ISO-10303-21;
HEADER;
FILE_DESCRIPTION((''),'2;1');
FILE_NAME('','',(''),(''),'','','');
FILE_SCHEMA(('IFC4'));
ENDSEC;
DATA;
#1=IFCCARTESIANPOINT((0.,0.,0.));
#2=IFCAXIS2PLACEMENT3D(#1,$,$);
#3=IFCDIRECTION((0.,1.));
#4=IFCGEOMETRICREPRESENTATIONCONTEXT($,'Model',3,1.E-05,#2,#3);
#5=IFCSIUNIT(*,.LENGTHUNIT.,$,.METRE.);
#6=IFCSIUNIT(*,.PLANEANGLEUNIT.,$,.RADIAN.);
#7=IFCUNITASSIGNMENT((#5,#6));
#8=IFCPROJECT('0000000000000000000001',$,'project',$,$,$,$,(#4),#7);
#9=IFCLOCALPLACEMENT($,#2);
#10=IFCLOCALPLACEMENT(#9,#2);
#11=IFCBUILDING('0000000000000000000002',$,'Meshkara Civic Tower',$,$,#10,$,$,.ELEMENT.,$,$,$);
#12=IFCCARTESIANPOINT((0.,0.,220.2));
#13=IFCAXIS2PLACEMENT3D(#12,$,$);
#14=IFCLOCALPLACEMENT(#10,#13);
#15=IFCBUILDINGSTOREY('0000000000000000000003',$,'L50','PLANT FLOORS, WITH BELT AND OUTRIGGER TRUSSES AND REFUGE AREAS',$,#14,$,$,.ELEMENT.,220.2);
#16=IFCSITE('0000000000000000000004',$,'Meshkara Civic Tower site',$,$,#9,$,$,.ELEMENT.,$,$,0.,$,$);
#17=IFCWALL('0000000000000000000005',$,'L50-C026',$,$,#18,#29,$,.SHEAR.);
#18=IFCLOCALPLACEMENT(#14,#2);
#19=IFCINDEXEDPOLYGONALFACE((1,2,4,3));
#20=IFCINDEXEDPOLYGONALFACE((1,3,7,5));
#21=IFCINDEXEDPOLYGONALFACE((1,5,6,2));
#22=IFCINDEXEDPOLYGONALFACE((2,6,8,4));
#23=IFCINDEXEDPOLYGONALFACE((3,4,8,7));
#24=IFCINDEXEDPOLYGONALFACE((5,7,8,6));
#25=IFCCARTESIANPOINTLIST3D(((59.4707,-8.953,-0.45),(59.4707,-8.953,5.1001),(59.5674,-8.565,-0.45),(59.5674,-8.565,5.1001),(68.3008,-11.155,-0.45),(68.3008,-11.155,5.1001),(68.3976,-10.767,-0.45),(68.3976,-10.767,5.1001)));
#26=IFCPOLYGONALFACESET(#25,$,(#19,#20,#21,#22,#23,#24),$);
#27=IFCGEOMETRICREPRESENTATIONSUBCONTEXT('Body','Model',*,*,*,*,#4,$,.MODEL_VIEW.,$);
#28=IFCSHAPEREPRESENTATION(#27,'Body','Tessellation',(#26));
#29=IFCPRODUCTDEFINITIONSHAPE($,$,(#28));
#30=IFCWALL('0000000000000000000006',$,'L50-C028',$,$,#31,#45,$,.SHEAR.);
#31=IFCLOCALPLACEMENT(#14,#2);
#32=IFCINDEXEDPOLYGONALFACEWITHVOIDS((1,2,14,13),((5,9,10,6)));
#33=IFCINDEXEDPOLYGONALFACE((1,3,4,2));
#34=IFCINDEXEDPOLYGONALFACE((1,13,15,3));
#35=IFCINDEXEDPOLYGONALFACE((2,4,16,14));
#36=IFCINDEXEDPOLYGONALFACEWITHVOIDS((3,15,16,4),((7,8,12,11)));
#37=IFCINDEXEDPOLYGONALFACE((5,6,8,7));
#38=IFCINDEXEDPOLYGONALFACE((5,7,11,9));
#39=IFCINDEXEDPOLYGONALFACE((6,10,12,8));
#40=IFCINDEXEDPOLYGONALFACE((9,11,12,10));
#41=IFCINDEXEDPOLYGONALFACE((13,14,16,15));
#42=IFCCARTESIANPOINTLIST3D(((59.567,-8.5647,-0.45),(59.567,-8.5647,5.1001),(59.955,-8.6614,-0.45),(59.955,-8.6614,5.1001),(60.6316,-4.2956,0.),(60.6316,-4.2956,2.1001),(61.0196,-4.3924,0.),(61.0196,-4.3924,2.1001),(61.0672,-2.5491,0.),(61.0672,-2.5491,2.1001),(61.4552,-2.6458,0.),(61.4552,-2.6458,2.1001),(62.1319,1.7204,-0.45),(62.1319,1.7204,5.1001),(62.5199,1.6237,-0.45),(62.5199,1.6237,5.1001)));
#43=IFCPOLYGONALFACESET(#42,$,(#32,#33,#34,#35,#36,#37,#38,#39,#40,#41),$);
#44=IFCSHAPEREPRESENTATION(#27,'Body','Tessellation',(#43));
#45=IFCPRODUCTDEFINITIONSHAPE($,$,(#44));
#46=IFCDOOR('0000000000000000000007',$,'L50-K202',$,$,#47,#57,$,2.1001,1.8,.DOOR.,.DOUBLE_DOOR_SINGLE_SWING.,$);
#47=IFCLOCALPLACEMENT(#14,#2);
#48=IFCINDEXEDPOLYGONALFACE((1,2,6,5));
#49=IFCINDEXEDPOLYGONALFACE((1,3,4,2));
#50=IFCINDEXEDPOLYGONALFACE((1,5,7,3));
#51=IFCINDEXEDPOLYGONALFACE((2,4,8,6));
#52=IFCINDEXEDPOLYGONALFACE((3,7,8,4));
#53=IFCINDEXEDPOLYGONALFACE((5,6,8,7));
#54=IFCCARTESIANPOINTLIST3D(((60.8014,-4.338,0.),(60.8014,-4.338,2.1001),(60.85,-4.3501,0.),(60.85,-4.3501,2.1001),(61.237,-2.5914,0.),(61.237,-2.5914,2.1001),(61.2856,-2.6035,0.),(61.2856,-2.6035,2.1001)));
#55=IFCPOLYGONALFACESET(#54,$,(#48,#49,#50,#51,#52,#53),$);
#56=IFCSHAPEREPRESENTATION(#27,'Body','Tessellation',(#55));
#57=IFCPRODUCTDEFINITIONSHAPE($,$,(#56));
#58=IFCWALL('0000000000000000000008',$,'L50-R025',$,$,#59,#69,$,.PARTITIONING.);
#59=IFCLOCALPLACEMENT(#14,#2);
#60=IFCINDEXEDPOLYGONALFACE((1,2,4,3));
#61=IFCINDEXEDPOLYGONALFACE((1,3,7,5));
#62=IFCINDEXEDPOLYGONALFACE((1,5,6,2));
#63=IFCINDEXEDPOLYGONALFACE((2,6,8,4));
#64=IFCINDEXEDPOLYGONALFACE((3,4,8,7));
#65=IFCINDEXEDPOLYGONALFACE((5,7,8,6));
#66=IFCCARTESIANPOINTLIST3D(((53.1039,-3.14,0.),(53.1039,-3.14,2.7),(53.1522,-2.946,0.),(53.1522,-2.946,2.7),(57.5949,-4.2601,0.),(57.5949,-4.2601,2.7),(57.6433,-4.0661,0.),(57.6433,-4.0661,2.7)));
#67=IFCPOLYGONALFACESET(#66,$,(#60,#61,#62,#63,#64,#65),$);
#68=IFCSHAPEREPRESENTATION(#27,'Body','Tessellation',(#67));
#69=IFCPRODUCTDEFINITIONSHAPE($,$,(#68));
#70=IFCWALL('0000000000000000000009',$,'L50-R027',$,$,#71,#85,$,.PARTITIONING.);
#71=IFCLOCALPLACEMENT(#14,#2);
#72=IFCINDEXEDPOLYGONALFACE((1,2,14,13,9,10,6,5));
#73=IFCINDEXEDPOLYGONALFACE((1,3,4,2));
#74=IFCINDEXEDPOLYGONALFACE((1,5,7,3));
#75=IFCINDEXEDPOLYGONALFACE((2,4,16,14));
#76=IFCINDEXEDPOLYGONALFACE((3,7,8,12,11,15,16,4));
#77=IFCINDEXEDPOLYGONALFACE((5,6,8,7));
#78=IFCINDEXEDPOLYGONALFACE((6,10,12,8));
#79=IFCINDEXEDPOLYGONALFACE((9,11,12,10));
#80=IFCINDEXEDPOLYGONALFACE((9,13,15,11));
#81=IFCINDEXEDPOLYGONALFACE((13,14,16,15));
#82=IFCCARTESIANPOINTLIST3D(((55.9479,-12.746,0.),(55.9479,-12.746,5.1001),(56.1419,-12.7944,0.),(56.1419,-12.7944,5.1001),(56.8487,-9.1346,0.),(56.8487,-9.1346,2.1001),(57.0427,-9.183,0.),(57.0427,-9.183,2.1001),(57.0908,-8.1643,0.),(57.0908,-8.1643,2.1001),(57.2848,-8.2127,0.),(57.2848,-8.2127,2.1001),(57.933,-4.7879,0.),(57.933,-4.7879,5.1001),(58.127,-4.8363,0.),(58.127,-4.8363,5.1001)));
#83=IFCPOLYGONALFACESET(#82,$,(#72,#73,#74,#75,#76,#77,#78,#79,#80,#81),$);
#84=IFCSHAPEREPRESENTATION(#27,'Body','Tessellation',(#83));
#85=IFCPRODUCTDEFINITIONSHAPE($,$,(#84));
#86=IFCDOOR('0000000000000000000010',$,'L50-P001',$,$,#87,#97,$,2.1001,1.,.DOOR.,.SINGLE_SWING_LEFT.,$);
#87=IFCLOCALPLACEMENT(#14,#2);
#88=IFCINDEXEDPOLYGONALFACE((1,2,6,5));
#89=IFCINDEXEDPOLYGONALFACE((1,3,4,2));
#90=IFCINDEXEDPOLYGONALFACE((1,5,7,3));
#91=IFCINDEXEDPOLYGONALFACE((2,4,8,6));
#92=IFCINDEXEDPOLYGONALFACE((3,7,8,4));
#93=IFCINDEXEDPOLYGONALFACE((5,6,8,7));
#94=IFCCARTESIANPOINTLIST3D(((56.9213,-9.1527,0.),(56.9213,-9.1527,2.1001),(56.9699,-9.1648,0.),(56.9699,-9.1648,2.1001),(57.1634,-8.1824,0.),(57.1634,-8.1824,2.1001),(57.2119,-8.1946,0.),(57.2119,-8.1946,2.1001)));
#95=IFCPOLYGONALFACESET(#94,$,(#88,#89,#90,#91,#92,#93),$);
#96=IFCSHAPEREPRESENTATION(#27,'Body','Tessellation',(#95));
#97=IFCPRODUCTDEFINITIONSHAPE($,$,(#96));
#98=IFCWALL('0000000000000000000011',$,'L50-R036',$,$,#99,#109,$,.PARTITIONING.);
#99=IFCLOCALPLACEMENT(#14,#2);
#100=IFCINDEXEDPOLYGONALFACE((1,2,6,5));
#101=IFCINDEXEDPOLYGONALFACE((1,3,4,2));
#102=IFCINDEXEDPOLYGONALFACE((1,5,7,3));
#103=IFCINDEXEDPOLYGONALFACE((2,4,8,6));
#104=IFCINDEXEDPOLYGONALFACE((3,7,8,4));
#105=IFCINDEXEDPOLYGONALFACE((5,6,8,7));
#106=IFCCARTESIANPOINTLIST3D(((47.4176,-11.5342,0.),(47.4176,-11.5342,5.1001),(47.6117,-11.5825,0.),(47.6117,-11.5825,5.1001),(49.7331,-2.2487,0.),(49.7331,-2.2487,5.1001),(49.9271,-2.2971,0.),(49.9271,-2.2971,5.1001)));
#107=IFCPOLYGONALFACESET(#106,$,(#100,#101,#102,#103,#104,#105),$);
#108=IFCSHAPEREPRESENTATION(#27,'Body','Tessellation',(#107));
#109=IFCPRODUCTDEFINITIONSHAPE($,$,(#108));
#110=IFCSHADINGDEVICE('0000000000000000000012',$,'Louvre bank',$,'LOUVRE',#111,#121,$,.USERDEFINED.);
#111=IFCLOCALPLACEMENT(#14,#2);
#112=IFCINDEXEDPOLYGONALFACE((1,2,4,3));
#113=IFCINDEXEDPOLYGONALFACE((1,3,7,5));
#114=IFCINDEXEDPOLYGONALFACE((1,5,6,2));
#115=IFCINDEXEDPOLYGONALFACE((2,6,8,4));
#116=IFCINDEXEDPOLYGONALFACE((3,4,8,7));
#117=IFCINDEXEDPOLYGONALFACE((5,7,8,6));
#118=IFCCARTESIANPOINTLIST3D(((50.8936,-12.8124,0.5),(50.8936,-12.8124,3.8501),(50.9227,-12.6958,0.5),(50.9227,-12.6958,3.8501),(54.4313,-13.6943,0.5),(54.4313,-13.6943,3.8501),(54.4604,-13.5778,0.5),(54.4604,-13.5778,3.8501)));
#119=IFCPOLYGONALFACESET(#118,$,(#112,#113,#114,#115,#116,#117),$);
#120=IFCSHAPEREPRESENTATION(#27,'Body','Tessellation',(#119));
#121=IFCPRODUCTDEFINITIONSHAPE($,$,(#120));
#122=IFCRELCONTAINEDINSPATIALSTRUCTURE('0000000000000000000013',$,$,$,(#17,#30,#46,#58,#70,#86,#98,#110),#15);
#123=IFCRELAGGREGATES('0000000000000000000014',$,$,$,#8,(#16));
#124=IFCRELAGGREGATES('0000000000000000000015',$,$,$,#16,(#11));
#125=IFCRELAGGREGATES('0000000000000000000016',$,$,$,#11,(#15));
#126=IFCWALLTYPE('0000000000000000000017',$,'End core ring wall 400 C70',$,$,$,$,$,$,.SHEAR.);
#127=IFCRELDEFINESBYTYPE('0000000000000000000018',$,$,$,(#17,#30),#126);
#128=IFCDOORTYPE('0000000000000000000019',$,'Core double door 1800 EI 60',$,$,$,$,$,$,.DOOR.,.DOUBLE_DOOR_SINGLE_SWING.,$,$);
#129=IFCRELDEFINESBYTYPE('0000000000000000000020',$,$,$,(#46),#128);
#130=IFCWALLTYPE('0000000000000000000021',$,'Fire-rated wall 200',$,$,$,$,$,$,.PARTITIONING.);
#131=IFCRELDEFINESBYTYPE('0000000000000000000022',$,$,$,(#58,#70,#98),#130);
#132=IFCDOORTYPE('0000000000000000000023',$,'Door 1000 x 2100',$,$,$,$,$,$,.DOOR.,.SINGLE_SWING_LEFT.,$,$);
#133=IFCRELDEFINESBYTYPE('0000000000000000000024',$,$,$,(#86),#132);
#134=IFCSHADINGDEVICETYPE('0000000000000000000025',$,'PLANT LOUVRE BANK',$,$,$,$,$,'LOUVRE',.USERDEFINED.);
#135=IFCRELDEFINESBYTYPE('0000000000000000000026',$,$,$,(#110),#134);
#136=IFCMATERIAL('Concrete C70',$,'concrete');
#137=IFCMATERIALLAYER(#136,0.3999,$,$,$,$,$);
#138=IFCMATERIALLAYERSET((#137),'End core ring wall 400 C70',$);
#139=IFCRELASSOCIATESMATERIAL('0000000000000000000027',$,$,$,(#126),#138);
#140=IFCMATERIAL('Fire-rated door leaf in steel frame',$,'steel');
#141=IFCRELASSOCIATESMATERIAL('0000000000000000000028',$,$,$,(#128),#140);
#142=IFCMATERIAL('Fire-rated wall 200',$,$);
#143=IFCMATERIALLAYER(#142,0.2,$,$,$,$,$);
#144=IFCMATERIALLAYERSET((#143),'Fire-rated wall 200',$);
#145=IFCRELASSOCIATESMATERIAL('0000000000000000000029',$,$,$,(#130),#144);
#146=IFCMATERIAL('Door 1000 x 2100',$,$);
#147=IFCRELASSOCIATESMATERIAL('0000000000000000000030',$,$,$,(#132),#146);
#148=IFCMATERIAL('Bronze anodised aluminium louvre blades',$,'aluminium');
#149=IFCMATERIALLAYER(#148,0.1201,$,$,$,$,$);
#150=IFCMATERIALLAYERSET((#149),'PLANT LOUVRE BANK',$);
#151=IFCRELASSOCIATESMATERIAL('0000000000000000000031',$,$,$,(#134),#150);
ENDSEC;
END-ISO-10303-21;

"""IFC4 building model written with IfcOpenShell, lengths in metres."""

from ifc_helpers import new_model, si_unit, direction, frame, frame_2d, origin, origin_2d, place, context, subcontext, project, spatial, rectangle, extrude, material, layer, layer_set, type_object, element, fill, save


model = new_model("IFC4")

# Units and contexts
model_context = context("Model", 3, precision=1e-05, world=origin(), true_north=direction((0.0, 1.0)))
body_context = subcontext(model_context, "Body", "Model", "MODEL_VIEW")
ifc_project = project(units=[si_unit("LENGTHUNIT", "METRE"), si_unit("PLANEANGLEUNIT", "RADIAN")], contexts=[model_context])

# Site, building, storey
site_placement = place(None, origin())
site = spatial("IfcSite", under=ifc_project, at=site_placement, Name="Meshkara Civic Tower site", CompositionType="ELEMENT", RefElevation=0.0)
building_placement = place(site_placement, origin())
building = spatial("IfcBuilding", under=site, at=building_placement, Name="Meshkara Civic Tower", CompositionType="ELEMENT")
storey_placement = place(building_placement, frame((0.0, 0.0, 220.2)))
storey = spatial("IfcBuildingStorey", under=building, at=storey_placement, Name="L50", Description="PLANT FLOORS, WITH BELT AND OUTRIGGER TRUSSES AND REFUGE AREAS", CompositionType="ELEMENT", Elevation=220.2)

# Wall
ifc_material_1 = material(Name="Concrete C70", Category="concrete")
ifc_layer_1 = layer(ifc_material_1, 0.3999)
ifc_layer_set_1 = layer_set([ifc_layer_1], Name="End core ring wall 400 C70")
wall_type_1 = type_object("IfcWallType", Name="End core ring wall 400 C70", PredefinedType="SHEAR", material=ifc_layer_set_1)
wall_1_placement = place(storey_placement, frame((59.519, -8.759, -0.45), z_axis=(0.0, 0.0, 1.0), x_axis=(0.970288, -0.241955, 0.0)))
element("IfcWall", 1, at=wall_1_placement, inside=storey, type_object=wall_type_1, Name="L50-C026", PredefinedType="SHEAR", context=body_context, shape_type="SweptSolid", body=[
    extrude(rectangle(XDim=9.1006, YDim=0.3999, at=frame_2d((4.5503, 0.0))), origin(), (0.0, 0.0, 1.0), 5.55),
])

# Wall, opening, door
wall_2_placement = place(storey_placement, frame((59.761, -8.613, -0.45), z_axis=(0.0, 0.0, 1.0), x_axis=(0.241972, 0.970283, 0.0)))
wall_2 = element("IfcWall", 2, at=wall_2_placement, inside=storey, type_object=wall_type_1, Name="L50-C028", PredefinedType="SHEAR", context=body_context, shape_type="SweptSolid", body=[
    extrude(rectangle(XDim=10.6001, YDim=0.3999, at=frame_2d((5.3, 0.0))), origin(), (0.0, 0.0, 1.0), 5.55),
])
opening_1_placement = place(wall_2_placement, frame((4.3999, 0.0, 0.45)))
opening_1 = element("IfcOpeningElement", 3, at=opening_1_placement, cuts=wall_2, PredefinedType="OPENING", context=body_context, shape_type="SweptSolid", body=[
    extrude(rectangle(XDim=1.8, YDim=2.1001, at=frame_2d((0.8999, 1.05))), frame((0.0, 0.21, 0.0), z_axis=(0.0, -1.0, 0.0), x_axis=(1.0, 0.0, 0.0)), (0.0, 0.0, 1.0), 0.4199),
])
ifc_material_2 = material(Name="Fire-rated door leaf in steel frame", Category="steel")
door_type_1 = type_object("IfcDoorType", Name="Core double door 1800 EI 60", OperationType="DOUBLE_DOOR_SINGLE_SWING", PredefinedType="DOOR", material=ifc_material_2)
door_1_placement = place(opening_1_placement, origin())
door_1 = element("IfcDoor", 4, at=door_1_placement, inside=storey, type_object=door_type_1, Name="L50-K202", OperationType="DOUBLE_DOOR_SINGLE_SWING", OverallHeight=2.1001, OverallWidth=1.8, PredefinedType="DOOR", context=body_context, shape_type="SweptSolid", body=[
    extrude(rectangle(XDim=1.8, YDim=2.1001, at=frame_2d((0.8999, 1.05))), frame((0.0, 0.0249, 0.0), z_axis=(0.0, -1.0, 0.0), x_axis=(1.0, 0.0, 0.0)), (0.0, 0.0, 1.0), 0.05),
])
fill(opening_1, door_1)

# Wall
ifc_material_3 = material(Name="Fire-rated wall 200")
ifc_layer_2 = layer(ifc_material_3, 0.2)
ifc_layer_set_2 = layer_set([ifc_layer_2], Name="Fire-rated wall 200")
wall_type_2 = type_object("IfcWallType", Name="Fire-rated wall 200", PredefinedType="PARTITIONING", material=ifc_layer_set_2)
wall_3_placement = place(storey_placement, frame((53.1279, -3.043, 0.0), z_axis=(0.0, 0.0, 1.0), x_axis=(0.970276, -0.242002, 0.0)))
element("IfcWall", 5, at=wall_3_placement, inside=storey, type_object=wall_type_2, Name="L50-R025", PredefinedType="PARTITIONING", context=body_context, shape_type="SweptSolid", body=[
    extrude(rectangle(XDim=4.6287, YDim=0.2, at=frame_2d((2.3145, 0.0))), origin(), (0.0, 0.0, 1.0), 2.7),
])

# Wall, opening, door
wall_4_placement = place(storey_placement, frame((58.03, -4.812, 0.0), z_axis=(0.0, 0.0, 1.0), x_axis=(-0.242031, -0.970268, 0.0)))
wall_4 = element("IfcWall", 6, at=wall_4_placement, inside=storey, type_object=wall_type_2, Name="L50-R027", PredefinedType="PARTITIONING", context=body_context, shape_type="SweptSolid", body=[
    extrude(rectangle(XDim=8.2019, YDim=0.2, at=frame_2d((4.1011, 0.0))), origin(), (0.0, 0.0, 1.0), 5.1001),
])
opening_2_placement = place(wall_4_placement, frame((3.48, 0.0, 0.0)))
opening_2 = element("IfcOpeningElement", 7, at=opening_2_placement, cuts=wall_4, PredefinedType="OPENING", context=body_context, shape_type="SweptSolid", body=[
    extrude(rectangle(XDim=1.0, YDim=2.1001, at=frame_2d((0.5, 1.05))), frame((0.0, 0.1099, 0.0), z_axis=(0.0, -1.0, 0.0), x_axis=(1.0, 0.0, 0.0)), (0.0, 0.0, 1.0), 0.22),
])
ifc_material_4 = material(Name="Door 1000 x 2100")
door_type_2 = type_object("IfcDoorType", Name="Door 1000 x 2100", OperationType="SINGLE_SWING_LEFT", PredefinedType="DOOR", material=ifc_material_4)
door_2_placement = place(opening_2_placement, origin())
door_2 = element("IfcDoor", 8, at=door_2_placement, inside=storey, type_object=door_type_2, Name="L50-P001", OperationType="SINGLE_SWING_LEFT", OverallHeight=2.1001, OverallWidth=1.0, PredefinedType="DOOR", context=body_context, shape_type="SweptSolid", body=[
    extrude(rectangle(XDim=1.0, YDim=2.1001, at=frame_2d((0.5, 1.05))), frame((0.0, 0.0249, 0.0), z_axis=(0.0, -1.0, 0.0), x_axis=(1.0, 0.0, 0.0)), (0.0, 0.0, 1.0), 0.05),
])
fill(opening_2, door_2)

# Wall
wall_5_placement = place(storey_placement, frame((47.5146, -11.5583, 0.0), z_axis=(0.0, 0.0, 1.0), x_axis=(0.241953, 0.970288, 0.0)))
element("IfcWall", 9, at=wall_5_placement, inside=storey, type_object=wall_type_2, Name="L50-R036", PredefinedType="PARTITIONING", context=body_context, shape_type="SweptSolid", body=[
    extrude(rectangle(XDim=9.5698, YDim=0.2, at=frame_2d((4.7849, 0.0))), origin(), (0.0, 0.0, 1.0), 5.1001),
])

# Shading device
ifc_material_5 = material(Name="Bronze anodised aluminium louvre blades", Category="aluminium")
ifc_layer_3 = layer(ifc_material_5, 0.1201)
ifc_layer_set_3 = layer_set([ifc_layer_3], Name="PLANT LOUVRE BANK")
shading_device_type = type_object("IfcShadingDeviceType", Name="PLANT LOUVRE BANK", ElementType="LOUVRE", PredefinedType="USERDEFINED", material=ifc_layer_set_3)
shading_device_placement = place(storey_placement, frame((52.677, -13.1951, 0.5), z_axis=(0.0, 0.0, 1.0), x_axis=(0.9703, -0.241905, 0.0)))
element("IfcShadingDevice", 10, at=shading_device_placement, inside=storey, type_object=shading_device_type, Name="Louvre bank", ObjectType="LOUVRE", PredefinedType="USERDEFINED", context=body_context, shape_type="SweptSolid", body=[
    extrude(rectangle(XDim=3.646, YDim=0.1201, at=origin_2d()), origin(), (0.0, 0.0, 1.0), 3.3501),
])

save(model, "model.ifc")
